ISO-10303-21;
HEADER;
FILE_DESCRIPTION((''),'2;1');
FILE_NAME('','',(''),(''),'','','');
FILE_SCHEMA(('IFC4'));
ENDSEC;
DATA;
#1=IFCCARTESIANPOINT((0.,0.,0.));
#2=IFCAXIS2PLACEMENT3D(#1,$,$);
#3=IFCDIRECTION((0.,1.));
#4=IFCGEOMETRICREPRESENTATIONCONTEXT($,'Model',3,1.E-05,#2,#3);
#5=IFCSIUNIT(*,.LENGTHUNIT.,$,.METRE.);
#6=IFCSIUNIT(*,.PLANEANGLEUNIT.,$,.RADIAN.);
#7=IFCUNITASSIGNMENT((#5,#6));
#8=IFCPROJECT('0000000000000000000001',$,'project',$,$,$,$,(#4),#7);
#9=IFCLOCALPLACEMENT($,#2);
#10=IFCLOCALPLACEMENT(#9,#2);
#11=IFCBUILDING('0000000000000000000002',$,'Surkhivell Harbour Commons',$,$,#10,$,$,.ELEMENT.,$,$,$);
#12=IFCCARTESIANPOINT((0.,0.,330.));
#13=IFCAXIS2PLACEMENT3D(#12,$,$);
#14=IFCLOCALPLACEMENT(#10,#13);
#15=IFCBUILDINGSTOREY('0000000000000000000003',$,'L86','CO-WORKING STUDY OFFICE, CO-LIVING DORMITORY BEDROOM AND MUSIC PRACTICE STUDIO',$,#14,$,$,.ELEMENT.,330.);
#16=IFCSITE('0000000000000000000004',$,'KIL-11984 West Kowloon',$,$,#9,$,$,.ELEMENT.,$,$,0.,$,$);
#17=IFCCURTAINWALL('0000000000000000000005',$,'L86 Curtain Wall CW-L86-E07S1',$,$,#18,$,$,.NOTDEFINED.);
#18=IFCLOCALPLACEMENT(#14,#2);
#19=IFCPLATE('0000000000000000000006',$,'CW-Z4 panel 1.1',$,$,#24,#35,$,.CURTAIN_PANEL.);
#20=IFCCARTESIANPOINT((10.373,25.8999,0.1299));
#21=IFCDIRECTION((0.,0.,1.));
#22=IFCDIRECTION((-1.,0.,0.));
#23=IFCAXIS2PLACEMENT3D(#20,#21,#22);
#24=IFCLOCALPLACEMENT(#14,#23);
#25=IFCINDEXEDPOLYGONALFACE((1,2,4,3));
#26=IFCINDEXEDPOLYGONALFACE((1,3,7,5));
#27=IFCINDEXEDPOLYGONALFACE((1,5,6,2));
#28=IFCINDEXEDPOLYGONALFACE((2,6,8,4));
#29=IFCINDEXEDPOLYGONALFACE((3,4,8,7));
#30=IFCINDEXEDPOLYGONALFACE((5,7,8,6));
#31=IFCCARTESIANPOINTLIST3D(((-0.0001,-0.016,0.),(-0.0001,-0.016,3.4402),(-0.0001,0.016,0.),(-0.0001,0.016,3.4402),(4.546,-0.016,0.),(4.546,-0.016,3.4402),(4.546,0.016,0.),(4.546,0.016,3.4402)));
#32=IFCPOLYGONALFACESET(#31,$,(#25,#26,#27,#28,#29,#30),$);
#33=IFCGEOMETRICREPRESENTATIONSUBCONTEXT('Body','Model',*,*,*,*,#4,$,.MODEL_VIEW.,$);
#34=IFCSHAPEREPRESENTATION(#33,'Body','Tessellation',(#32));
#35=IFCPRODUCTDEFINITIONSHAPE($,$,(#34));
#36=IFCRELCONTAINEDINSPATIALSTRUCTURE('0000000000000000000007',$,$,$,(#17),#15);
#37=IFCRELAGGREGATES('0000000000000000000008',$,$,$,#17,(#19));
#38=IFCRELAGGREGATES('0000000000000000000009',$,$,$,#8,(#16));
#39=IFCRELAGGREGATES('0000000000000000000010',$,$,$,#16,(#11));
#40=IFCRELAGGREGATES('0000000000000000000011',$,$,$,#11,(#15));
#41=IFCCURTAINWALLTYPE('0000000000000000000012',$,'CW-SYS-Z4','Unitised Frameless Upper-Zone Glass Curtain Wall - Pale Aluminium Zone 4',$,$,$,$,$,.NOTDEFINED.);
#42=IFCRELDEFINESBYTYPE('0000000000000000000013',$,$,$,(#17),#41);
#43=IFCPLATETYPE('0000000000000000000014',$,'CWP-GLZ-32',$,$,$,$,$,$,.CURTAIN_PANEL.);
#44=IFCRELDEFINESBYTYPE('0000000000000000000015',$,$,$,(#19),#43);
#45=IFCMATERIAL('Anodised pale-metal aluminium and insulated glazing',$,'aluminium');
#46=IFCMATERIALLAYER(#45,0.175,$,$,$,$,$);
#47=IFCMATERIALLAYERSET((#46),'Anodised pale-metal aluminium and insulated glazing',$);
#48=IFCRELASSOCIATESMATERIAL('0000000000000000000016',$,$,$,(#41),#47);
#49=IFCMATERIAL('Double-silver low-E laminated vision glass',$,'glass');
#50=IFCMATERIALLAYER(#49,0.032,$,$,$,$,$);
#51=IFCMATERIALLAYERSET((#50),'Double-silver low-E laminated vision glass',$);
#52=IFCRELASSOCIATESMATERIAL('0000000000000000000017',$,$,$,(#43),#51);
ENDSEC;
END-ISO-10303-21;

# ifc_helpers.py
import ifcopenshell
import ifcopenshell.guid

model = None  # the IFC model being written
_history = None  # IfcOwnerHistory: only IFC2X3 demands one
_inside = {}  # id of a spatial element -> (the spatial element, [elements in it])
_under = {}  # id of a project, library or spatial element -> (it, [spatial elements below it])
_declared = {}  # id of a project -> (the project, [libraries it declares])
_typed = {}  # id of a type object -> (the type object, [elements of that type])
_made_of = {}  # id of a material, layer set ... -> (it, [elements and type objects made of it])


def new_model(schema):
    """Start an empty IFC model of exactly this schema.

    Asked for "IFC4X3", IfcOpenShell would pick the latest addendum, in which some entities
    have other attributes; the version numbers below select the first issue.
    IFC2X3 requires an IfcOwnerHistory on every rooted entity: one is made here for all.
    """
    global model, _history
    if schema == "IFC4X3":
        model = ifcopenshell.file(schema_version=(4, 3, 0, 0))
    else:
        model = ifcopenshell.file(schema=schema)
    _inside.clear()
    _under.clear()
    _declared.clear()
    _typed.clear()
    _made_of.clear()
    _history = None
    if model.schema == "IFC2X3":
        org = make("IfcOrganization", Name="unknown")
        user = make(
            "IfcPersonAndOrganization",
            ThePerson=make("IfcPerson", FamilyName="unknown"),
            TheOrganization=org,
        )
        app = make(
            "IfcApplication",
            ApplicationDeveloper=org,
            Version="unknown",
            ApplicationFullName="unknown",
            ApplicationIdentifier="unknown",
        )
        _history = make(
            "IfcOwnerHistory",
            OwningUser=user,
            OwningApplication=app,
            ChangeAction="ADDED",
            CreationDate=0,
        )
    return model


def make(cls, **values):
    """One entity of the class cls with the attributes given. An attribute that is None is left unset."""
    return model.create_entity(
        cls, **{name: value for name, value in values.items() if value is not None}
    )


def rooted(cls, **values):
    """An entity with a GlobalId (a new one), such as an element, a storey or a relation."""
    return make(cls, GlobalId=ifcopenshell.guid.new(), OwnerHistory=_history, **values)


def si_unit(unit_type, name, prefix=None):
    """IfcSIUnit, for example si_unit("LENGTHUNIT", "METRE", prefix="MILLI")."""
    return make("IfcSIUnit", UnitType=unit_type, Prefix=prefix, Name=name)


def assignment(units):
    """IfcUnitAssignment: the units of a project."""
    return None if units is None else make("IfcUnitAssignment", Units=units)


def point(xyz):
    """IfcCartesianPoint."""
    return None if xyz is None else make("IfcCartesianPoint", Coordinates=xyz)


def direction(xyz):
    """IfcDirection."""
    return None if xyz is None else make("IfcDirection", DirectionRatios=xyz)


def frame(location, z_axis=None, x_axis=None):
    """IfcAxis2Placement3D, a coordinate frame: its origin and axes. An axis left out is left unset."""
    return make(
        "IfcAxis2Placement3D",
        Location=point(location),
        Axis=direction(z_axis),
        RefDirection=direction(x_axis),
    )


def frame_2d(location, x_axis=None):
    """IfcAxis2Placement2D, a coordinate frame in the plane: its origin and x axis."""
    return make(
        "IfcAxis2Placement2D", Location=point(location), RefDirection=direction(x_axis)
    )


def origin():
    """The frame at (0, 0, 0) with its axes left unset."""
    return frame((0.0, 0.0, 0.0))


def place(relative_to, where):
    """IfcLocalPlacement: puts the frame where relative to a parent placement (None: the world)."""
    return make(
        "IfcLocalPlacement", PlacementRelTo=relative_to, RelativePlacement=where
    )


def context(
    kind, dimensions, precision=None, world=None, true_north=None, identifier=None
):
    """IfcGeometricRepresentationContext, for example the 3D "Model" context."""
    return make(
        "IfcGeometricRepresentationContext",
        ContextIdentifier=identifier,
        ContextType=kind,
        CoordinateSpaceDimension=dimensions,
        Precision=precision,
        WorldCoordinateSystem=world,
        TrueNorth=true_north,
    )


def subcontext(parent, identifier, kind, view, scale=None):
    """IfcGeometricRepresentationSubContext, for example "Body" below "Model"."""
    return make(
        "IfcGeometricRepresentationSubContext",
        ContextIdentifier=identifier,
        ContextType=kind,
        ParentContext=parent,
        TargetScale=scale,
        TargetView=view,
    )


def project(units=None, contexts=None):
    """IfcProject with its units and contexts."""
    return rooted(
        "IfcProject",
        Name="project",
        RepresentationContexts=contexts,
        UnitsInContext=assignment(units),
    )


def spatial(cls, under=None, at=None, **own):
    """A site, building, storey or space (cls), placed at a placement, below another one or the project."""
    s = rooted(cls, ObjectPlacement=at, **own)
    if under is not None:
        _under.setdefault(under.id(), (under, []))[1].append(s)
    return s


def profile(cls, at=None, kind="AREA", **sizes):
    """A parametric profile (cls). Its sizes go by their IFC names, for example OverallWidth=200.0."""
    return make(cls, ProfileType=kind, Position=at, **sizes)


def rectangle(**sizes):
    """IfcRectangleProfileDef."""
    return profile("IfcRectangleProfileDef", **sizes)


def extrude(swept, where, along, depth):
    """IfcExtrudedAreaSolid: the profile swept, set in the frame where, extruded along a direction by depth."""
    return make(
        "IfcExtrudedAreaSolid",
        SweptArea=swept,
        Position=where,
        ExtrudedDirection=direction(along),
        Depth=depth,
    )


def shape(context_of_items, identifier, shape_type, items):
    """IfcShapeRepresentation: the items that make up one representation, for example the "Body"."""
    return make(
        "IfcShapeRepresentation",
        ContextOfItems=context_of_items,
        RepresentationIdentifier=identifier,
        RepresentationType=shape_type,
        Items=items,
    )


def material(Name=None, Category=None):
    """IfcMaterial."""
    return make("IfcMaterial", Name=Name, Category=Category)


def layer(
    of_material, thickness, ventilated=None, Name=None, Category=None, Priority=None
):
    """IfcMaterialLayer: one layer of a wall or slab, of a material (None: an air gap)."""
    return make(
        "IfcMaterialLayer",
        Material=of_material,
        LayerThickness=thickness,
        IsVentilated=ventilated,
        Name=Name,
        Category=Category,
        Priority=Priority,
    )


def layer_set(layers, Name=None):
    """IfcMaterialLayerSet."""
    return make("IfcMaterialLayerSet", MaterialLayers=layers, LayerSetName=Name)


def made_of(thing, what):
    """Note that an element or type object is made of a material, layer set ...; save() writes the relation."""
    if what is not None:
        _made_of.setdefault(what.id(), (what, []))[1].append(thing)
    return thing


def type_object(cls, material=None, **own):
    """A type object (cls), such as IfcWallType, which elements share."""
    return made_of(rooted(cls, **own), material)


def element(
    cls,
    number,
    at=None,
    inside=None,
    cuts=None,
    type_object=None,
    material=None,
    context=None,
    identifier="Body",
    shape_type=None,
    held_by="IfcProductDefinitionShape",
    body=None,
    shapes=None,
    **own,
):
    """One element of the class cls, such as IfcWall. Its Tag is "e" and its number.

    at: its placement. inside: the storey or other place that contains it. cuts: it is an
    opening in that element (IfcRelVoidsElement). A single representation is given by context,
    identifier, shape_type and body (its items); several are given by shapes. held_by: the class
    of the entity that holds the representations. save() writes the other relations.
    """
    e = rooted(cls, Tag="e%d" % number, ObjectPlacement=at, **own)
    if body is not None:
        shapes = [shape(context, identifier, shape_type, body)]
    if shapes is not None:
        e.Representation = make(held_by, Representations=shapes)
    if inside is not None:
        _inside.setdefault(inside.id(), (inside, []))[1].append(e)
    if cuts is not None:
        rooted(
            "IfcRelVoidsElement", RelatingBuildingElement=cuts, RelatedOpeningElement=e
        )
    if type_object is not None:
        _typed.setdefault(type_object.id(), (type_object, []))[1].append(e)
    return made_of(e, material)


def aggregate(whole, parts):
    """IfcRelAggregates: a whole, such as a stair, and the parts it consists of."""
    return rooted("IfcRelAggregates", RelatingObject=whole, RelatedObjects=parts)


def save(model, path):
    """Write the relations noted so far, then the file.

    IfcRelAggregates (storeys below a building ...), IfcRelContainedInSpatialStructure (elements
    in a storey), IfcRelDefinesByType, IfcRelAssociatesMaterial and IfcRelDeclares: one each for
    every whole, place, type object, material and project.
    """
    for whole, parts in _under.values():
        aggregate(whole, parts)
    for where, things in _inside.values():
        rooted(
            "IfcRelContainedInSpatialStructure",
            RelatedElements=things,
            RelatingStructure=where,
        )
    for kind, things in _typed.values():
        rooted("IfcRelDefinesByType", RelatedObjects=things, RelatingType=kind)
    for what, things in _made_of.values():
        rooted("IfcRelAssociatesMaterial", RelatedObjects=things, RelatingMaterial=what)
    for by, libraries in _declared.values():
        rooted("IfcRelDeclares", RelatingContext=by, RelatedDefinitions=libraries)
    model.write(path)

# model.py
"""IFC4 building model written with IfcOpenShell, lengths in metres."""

from ifc_helpers import new_model, si_unit, direction, frame, frame_2d, origin, place, context, subcontext, project, spatial, rectangle, extrude, material, layer, layer_set, type_object, element, aggregate, save


model = new_model("IFC4")

# Units and contexts
model_context = context("Model", 3, precision=1e-05, world=origin(), true_north=direction((0.0, 1.0)))
body_context = subcontext(model_context, "Body", "Model", "MODEL_VIEW")
ifc_project = project(units=[si_unit("LENGTHUNIT", "METRE"), si_unit("PLANEANGLEUNIT", "RADIAN")], contexts=[model_context])

# Site, building, storey
site_placement = place(None, origin())
site = spatial("IfcSite", under=ifc_project, at=site_placement, Name="KIL-11984 West Kowloon", CompositionType="ELEMENT", RefElevation=0.0)
building_placement = place(site_placement, origin())
building = spatial("IfcBuilding", under=site, at=building_placement, Name="Surkhivell Harbour Commons", CompositionType="ELEMENT")
storey_placement = place(building_placement, frame((0.0, 0.0, 330.0)))
storey = spatial("IfcBuildingStorey", under=building, at=storey_placement, Name="L86", Description="CO-WORKING STUDY OFFICE, CO-LIVING DORMITORY BEDROOM AND MUSIC PRACTICE STUDIO", CompositionType="ELEMENT", Elevation=330.0)

# Curtain wall
ifc_material_1 = material(Name="Anodised pale-metal aluminium and insulated glazing", Category="aluminium")
ifc_layer_1 = layer(ifc_material_1, 0.175)
ifc_layer_set_1 = layer_set([ifc_layer_1], Name="Anodised pale-metal aluminium and insulated glazing")
curtain_wall_type = type_object("IfcCurtainWallType", Name="CW-SYS-Z4", Description="Unitised Frameless Upper-Zone Glass Curtain Wall - Pale Aluminium Zone 4", PredefinedType="NOTDEFINED", material=ifc_layer_set_1)
curtain_wall_1_placement = place(storey_placement, origin())
curtain_wall_1 = element("IfcCurtainWall", 1, at=curtain_wall_1_placement, inside=storey, type_object=curtain_wall_type, Name="L86 Curtain Wall CW-L86-E07S1", PredefinedType="NOTDEFINED")

# Plate
ifc_material_2 = material(Name="Double-silver low-E laminated vision glass", Category="glass")
ifc_layer_2 = layer(ifc_material_2, 0.032)
ifc_layer_set_2 = layer_set([ifc_layer_2], Name="Double-silver low-E laminated vision glass")
plate_type = type_object("IfcPlateType", Name="CWP-GLZ-32", PredefinedType="CURTAIN_PANEL", material=ifc_layer_set_2)
plate_1_placement = place(storey_placement, frame((10.373, 25.8999, 0.1299), z_axis=(0.0, 0.0, 1.0), x_axis=(-1.0, 0.0, 0.0)))
plate_1 = element("IfcPlate", 2, at=plate_1_placement, type_object=plate_type, Name="CW-Z4 panel 1.1", PredefinedType="CURTAIN_PANEL", context=body_context, shape_type="SweptSolid", body=[
    extrude(rectangle(XDim=4.5461, YDim=0.032, at=frame_2d((2.2729, 0.0))), origin(), (0.0, 0.0, 1.0), 3.4402),
])
aggregate(curtain_wall_1, [plate_1])

save(model, "model.ifc")
